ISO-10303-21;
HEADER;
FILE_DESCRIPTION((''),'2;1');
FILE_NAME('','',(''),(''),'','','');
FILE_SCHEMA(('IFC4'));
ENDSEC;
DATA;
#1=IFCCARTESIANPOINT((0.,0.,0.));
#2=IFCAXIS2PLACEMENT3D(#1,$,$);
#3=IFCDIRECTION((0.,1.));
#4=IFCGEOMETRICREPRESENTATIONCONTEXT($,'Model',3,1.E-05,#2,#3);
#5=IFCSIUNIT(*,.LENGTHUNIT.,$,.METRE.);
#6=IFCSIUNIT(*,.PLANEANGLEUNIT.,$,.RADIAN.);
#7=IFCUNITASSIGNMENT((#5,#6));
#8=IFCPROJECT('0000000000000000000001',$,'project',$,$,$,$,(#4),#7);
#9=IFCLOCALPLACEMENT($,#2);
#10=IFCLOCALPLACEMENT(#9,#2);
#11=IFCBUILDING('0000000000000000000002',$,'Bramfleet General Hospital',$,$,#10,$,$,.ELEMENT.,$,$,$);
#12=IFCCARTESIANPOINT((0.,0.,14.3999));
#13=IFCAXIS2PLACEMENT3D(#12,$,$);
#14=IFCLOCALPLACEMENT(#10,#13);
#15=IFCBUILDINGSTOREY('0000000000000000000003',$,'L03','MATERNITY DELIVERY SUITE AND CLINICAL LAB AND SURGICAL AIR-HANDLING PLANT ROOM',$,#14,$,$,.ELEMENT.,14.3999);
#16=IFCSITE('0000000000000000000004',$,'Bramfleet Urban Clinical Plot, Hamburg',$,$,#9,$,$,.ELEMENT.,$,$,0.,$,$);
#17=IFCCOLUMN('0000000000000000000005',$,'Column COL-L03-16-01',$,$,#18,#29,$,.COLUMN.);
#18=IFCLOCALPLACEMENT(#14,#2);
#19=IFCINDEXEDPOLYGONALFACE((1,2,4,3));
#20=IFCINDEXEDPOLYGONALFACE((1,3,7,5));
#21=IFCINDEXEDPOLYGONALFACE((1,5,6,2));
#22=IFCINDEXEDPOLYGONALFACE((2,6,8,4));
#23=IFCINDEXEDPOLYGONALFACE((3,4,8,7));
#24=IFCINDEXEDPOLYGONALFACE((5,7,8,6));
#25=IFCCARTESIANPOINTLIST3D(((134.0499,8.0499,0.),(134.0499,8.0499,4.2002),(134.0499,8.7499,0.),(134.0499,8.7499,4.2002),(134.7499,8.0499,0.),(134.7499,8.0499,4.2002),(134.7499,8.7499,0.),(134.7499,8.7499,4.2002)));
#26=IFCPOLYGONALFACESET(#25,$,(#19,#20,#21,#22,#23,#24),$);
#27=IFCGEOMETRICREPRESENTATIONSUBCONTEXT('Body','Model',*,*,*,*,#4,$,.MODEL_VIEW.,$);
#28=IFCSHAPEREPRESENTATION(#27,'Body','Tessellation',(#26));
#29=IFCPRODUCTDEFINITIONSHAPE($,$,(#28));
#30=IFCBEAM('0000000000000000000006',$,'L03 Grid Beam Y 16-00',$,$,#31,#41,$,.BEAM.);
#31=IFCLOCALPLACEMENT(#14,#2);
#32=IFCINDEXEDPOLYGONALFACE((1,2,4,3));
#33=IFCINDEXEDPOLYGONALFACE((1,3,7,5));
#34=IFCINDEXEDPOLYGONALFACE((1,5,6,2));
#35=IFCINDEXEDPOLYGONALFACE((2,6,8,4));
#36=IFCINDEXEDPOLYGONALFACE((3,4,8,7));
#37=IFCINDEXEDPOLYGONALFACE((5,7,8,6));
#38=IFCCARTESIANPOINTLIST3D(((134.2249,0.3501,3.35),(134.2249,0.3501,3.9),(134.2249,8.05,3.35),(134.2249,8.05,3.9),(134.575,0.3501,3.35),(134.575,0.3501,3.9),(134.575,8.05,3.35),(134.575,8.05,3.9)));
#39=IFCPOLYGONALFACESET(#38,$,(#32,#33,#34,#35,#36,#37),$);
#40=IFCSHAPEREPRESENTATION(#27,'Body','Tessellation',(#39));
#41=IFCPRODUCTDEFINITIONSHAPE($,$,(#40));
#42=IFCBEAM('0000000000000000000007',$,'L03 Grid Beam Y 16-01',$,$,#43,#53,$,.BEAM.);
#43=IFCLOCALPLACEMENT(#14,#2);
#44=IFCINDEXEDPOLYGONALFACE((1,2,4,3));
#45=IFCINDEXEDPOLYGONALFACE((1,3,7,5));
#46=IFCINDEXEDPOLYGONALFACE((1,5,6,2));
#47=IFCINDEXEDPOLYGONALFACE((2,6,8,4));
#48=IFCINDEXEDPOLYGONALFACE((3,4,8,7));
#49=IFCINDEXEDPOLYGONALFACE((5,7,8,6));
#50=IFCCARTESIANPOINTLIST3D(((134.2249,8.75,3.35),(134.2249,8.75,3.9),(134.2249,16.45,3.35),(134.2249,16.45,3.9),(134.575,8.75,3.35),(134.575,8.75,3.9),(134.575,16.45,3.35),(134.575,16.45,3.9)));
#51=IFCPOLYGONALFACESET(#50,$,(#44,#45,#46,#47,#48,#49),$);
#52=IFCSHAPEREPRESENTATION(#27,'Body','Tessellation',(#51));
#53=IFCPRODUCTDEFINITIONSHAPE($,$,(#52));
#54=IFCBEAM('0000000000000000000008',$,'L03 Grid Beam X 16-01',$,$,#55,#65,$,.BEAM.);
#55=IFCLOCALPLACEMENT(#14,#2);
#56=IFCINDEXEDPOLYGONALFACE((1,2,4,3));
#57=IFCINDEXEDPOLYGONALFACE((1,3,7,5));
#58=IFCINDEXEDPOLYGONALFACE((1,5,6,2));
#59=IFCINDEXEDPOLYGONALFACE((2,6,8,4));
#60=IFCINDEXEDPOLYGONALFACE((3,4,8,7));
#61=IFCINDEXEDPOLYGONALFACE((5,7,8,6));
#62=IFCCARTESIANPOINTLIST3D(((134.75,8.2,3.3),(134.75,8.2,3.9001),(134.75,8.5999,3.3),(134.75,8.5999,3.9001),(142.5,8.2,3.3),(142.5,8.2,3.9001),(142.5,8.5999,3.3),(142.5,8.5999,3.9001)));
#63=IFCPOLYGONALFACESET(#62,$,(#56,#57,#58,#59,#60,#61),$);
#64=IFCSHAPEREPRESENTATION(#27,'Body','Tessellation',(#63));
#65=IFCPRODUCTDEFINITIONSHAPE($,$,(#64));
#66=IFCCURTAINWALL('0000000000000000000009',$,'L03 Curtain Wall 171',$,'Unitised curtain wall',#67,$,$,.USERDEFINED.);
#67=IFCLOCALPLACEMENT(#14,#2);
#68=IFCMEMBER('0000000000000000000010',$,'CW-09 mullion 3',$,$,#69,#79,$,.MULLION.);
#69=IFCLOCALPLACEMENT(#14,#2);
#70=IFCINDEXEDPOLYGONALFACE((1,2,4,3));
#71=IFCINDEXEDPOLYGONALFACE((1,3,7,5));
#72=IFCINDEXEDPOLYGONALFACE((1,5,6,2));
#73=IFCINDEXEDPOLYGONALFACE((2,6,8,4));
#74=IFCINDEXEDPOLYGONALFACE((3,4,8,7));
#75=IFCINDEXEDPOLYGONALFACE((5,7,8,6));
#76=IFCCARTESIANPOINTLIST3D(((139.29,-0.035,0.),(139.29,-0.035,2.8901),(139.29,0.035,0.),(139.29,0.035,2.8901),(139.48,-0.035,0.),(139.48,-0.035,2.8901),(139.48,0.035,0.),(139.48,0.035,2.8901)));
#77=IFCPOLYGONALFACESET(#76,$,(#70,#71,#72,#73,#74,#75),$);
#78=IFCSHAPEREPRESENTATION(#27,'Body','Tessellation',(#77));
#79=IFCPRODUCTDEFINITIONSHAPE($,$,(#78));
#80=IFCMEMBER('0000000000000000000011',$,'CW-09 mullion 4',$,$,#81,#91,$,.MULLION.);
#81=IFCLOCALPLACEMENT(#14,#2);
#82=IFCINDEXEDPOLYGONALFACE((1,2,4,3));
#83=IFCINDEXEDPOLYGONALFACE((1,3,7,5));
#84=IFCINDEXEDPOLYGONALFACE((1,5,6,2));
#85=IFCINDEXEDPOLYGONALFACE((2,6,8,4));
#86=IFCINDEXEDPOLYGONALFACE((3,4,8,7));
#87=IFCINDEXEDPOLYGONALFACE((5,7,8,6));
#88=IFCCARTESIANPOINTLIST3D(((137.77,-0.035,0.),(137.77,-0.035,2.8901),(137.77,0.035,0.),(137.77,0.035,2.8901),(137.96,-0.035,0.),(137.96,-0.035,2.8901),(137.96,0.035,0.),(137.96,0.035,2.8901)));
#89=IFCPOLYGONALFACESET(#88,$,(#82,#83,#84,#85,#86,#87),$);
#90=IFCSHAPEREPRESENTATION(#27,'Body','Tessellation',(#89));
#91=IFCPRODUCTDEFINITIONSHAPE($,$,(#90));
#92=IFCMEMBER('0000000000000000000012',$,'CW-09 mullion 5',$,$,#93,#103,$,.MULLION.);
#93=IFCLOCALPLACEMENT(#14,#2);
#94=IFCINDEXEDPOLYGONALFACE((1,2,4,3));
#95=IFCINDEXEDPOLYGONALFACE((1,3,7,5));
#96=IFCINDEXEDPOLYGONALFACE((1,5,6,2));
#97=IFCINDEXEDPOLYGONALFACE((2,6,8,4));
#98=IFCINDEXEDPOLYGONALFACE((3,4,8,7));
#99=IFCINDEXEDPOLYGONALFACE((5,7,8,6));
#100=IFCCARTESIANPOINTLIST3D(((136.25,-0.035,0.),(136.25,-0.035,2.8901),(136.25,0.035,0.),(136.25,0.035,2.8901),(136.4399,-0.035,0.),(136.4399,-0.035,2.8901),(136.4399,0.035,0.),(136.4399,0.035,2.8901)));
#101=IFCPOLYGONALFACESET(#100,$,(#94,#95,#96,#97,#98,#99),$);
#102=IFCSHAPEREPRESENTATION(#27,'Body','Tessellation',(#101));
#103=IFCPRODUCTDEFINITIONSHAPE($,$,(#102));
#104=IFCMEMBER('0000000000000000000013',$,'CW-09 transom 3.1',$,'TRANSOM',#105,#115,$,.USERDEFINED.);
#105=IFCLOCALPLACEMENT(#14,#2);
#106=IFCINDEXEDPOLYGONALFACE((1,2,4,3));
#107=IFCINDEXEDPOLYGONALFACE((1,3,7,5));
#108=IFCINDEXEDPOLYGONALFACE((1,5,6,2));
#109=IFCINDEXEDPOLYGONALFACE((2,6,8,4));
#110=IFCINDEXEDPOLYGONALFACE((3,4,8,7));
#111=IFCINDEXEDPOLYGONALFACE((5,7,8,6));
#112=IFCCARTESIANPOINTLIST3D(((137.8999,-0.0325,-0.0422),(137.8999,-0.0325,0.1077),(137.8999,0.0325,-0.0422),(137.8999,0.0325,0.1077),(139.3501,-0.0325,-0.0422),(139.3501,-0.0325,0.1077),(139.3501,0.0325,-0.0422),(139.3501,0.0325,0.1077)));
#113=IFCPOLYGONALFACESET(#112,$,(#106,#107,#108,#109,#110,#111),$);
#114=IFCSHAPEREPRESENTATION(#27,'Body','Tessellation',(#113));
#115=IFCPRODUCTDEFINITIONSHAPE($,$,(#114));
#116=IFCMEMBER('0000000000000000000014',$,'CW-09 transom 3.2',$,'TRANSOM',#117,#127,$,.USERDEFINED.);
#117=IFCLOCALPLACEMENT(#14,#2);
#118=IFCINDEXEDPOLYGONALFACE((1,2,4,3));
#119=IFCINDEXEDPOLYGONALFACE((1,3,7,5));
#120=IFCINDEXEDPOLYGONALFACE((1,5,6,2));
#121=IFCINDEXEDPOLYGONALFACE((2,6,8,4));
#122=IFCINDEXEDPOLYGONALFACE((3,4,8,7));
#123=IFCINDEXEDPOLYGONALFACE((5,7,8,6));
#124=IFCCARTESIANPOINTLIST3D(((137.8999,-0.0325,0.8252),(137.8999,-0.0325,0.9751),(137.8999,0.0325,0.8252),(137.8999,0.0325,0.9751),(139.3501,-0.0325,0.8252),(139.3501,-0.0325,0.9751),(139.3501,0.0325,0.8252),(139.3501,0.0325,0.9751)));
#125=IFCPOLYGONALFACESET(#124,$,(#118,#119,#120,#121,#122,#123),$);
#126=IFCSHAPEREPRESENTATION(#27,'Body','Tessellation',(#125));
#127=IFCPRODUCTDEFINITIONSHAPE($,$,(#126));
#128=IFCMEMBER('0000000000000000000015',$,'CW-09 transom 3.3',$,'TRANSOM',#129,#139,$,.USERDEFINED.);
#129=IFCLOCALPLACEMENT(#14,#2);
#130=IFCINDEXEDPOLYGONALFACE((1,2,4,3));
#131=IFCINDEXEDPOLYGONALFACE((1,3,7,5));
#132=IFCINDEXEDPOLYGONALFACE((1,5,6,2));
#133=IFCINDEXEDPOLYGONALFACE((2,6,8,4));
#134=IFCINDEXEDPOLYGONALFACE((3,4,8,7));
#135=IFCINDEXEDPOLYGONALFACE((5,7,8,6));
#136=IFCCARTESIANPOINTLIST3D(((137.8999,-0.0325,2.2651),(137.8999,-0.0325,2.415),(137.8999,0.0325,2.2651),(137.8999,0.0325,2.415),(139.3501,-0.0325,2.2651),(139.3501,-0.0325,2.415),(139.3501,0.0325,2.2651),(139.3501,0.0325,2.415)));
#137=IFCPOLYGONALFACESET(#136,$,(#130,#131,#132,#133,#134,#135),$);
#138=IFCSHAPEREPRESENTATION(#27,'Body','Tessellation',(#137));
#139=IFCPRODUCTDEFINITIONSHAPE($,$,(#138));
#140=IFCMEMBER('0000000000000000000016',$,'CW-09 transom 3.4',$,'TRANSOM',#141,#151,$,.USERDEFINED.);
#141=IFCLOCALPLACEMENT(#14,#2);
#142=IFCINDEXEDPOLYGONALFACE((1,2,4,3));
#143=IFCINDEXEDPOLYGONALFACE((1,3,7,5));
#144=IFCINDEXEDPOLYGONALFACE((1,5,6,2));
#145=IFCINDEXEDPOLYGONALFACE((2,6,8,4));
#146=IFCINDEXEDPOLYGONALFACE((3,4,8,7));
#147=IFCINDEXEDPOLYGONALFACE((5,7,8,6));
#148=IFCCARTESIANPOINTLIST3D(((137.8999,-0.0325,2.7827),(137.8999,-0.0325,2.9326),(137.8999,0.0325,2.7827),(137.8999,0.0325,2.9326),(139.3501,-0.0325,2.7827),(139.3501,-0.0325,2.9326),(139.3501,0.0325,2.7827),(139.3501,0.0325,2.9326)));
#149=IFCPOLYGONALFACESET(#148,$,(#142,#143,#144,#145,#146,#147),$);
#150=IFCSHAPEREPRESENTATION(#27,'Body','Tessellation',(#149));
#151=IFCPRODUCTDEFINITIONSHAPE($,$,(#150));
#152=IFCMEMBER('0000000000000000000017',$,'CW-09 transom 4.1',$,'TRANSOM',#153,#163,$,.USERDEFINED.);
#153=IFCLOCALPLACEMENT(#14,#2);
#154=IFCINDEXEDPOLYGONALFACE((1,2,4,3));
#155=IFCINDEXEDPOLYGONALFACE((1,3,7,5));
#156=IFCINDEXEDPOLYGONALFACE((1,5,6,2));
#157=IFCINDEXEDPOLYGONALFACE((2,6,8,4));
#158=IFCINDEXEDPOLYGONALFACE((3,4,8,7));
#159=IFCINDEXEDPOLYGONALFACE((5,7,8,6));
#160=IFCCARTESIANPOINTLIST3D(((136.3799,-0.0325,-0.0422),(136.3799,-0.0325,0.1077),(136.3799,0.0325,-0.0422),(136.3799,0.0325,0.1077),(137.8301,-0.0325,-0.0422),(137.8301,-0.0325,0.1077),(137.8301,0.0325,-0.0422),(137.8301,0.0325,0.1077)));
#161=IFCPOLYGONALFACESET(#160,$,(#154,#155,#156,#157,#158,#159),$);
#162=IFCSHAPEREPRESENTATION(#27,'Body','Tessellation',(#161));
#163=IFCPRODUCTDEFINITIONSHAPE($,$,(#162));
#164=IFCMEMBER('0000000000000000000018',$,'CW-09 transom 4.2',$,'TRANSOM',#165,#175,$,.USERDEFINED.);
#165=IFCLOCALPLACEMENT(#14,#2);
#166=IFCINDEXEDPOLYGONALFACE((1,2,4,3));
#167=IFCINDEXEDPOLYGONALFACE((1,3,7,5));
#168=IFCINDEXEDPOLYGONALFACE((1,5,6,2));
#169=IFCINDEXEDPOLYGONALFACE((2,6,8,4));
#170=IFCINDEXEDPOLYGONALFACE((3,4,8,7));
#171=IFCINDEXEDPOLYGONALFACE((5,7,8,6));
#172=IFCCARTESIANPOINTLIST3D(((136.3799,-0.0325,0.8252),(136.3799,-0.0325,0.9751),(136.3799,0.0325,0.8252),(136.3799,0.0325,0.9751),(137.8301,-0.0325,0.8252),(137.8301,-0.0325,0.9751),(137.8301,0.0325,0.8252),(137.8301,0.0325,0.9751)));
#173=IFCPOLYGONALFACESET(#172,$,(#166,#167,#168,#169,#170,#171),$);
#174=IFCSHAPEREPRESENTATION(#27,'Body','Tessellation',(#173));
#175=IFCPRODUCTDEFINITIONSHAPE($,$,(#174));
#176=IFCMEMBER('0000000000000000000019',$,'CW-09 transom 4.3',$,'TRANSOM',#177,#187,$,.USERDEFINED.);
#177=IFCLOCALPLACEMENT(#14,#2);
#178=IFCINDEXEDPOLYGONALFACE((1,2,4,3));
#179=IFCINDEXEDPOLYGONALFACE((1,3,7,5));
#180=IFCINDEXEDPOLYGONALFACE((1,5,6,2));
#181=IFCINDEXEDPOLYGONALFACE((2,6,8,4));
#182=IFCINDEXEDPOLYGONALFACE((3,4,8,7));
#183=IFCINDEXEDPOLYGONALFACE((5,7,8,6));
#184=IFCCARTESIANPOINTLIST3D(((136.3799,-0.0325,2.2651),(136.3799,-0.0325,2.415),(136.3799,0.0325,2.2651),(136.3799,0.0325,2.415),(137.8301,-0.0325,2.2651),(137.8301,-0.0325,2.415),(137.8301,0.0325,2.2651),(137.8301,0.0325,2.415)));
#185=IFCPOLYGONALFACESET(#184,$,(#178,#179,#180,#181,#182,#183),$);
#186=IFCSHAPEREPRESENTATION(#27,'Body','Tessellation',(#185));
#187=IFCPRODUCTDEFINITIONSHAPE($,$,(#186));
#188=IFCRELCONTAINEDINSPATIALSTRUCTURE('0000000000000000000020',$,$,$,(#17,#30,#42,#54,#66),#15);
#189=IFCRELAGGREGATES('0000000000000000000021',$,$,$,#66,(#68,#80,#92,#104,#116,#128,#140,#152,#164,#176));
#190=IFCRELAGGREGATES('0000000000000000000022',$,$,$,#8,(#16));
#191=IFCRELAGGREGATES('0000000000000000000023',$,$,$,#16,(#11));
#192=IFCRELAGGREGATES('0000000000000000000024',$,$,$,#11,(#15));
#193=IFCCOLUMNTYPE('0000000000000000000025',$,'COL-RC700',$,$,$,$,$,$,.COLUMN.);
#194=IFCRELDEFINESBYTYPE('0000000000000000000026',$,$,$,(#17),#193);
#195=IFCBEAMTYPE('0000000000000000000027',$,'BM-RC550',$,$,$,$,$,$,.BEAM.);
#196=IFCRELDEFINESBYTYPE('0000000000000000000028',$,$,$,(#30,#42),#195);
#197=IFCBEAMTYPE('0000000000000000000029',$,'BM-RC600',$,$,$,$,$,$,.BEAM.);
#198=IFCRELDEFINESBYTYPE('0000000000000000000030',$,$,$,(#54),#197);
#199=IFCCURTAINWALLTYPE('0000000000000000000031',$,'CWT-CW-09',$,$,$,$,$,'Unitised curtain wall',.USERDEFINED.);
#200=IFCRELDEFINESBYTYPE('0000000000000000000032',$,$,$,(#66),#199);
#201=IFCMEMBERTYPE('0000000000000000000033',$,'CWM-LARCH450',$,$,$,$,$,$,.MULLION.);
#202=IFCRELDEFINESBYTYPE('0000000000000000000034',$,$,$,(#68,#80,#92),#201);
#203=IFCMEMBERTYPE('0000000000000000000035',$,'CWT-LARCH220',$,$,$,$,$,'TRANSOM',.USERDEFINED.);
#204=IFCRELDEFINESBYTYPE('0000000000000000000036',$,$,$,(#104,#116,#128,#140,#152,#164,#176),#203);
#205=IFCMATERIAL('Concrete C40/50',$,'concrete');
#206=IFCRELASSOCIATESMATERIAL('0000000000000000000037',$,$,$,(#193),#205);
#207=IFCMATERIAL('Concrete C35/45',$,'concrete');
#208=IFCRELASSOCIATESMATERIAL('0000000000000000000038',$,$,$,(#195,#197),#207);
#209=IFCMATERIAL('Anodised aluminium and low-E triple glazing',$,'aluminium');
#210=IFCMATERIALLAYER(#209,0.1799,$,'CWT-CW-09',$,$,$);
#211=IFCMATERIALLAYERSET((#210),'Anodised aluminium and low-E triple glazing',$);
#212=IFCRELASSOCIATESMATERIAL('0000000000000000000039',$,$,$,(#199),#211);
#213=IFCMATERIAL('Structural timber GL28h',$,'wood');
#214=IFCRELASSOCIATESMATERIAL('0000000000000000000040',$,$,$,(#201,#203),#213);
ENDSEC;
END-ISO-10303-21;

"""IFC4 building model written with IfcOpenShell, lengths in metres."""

from ifc_helpers import new_model, si_unit, direction, frame, origin, origin_2d, place, context, subcontext, project, spatial, rectangle, extrude, material, layer, layer_set, material_profile, profile_set, type_object, element, aggregate, save


model = new_model("IFC4")

# Units and contexts
model_context = context("Model", 3, precision=1e-05, world=origin(), true_north=direction((0.0, 1.0)))
body_context = subcontext(model_context, "Body", "Model", "MODEL_VIEW")
ifc_project = project(units=[si_unit("LENGTHUNIT", "METRE"), si_unit("PLANEANGLEUNIT", "RADIAN")], contexts=[model_context])

# Site, building, storey
site_placement = place(None, origin())
site = spatial("IfcSite", under=ifc_project, at=site_placement, Name="Bramfleet Urban Clinical Plot, Hamburg", CompositionType="ELEMENT", RefElevation=0.0)
building_placement = place(site_placement, origin())
building = spatial("IfcBuilding", under=site, at=building_placement, Name="Bramfleet General Hospital", CompositionType="ELEMENT")
storey_placement = place(building_placement, frame((0.0, 0.0, 14.3999)))
storey = spatial("IfcBuildingStorey", under=building, at=storey_placement, Name="L03", Description="MATERNITY DELIVERY SUITE AND CLINICAL LAB AND SURGICAL AIR-HANDLING PLANT ROOM", CompositionType="ELEMENT", Elevation=14.3999)

# Column
ifc_material_1 = material(Name="Concrete C40/50", Category="concrete")
ifc_material_profile_1 = material_profile(ifc_material_1, rectangle(XDim=0.7, YDim=0.7, at=origin_2d()), Name="RC COL 700x700")
ifc_profile_set_1 = profile_set([ifc_material_profile_1], Name="Concrete C40/50")
column_type = type_object("IfcColumnType", Name="COL-RC700", PredefinedType="COLUMN", material=ifc_profile_set_1)
column_placement = place(storey_placement, frame((134.3999, 8.3999, 0.0), z_axis=(0.0, 0.0, 1.0), x_axis=(1.0, 0.0, 0.0)))
element("IfcColumn", 1, at=column_placement, inside=storey, type_object=column_type, Name="Column COL-L03-16-01", PredefinedType="COLUMN", context=body_context, shape_type="SweptSolid", body=[
    extrude(rectangle(XDim=0.7, YDim=0.7, at=origin_2d()), origin(), (0.0, 0.0, 1.0), 4.2002),
])

# Beams
ifc_material_2 = material(Name="Concrete C35/45", Category="concrete")
ifc_material_profile_2 = material_profile(ifc_material_2, rectangle(XDim=0.3501, YDim=0.55, at=origin_2d()), Name="RC BM 550x350")
ifc_profile_set_2 = profile_set([ifc_material_profile_2], Name="Concrete C35/45")
beam_type_1 = type_object("IfcBeamType", Name="BM-RC550", PredefinedType="BEAM", material=ifc_profile_set_2)
for number, where, z_axis, x_axis, name in (
    (2, (134.3999, 0.3501, 3.625), (0.0, 1.0, 0.0), (-1.0, 0.0, 0.0), "L03 Grid Beam Y 16-00"),
    (3, (134.3999, 8.75, 3.625), (0.0, 1.0, 0.0), (-1.0, 0.0, 0.0), "L03 Grid Beam Y 16-01"),
):
    element("IfcBeam", number, at=place(storey_placement, frame(where, z_axis=z_axis, x_axis=x_axis)), inside=storey, type_object=beam_type_1, Name=name, PredefinedType="BEAM", context=body_context, shape_type="SweptSolid", body=[
        extrude(rectangle(XDim=0.3501, YDim=0.55, at=origin_2d()), origin(), (0.0, 0.0, 1.0), 7.7),
    ])
ifc_material_profile_3 = material_profile(ifc_material_2, rectangle(XDim=0.3999, YDim=0.6001, at=origin_2d()), Name="RC BM 600x400")
ifc_profile_set_3 = profile_set([ifc_material_profile_3], Name="Concrete C35/45")
beam_type_2 = type_object("IfcBeamType", Name="BM-RC600", PredefinedType="BEAM", material=ifc_profile_set_3)
beam_placement = place(storey_placement, frame((134.75, 8.3999, 3.6001), z_axis=(1.0, 0.0, 0.0), x_axis=(0.0, 1.0, 0.0)))
element("IfcBeam", 4, at=beam_placement, inside=storey, type_object=beam_type_2, Name="L03 Grid Beam X 16-01", PredefinedType="BEAM", context=body_context, shape_type="SweptSolid", body=[
    extrude(rectangle(XDim=0.3999, YDim=0.6001, at=origin_2d()), origin(), (0.0, 0.0, 1.0), 7.75),
])

# Curtain wall, members
ifc_material_3 = material(Name="Anodised aluminium and low-E triple glazing", Category="aluminium")
ifc_layer_1 = layer(ifc_material_3, 0.1799, Name="CWT-CW-09")
ifc_layer_set_1 = layer_set([ifc_layer_1], Name="Anodised aluminium and low-E triple glazing")
curtain_wall_type = type_object("IfcCurtainWallType", Name="CWT-CW-09", ElementType="Unitised curtain wall", PredefinedType="USERDEFINED", material=ifc_layer_set_1)
curtain_wall_placement = place(storey_placement, origin())
curtain_wall = element("IfcCurtainWall", 5, at=curtain_wall_placement, inside=storey, type_object=curtain_wall_type, Name="L03 Curtain Wall 171", ObjectType="Unitised curtain wall", PredefinedType="USERDEFINED")
ifc_material_4 = material(Name="Structural timber GL28h", Category="wood")
ifc_material_profile_4 = material_profile(ifc_material_4, rectangle(XDim=0.0701, YDim=0.1899, at=origin_2d()), Name="LARCH 190x70")
ifc_profile_set_4 = profile_set([ifc_material_profile_4], Name="Structural timber GL28h")
member_type_1 = type_object("IfcMemberType", Name="CWM-LARCH450", PredefinedType="MULLION", material=ifc_profile_set_4)
member_1_placement = place(storey_placement, frame((139.385, 0.0, 0.0), z_axis=(0.0, 0.0, 1.0), x_axis=(0.0, -1.0, 0.0)))
member_1 = element("IfcMember", 6, at=member_1_placement, type_object=member_type_1, Name="CW-09 mullion 3", PredefinedType="MULLION", context=body_context, shape_type="SweptSolid", body=[
    extrude(rectangle(XDim=0.0701, YDim=0.1899, at=origin_2d()), origin(), (0.0, 0.0, 1.0), 2.8901),
])
member_2_placement = place(storey_placement, frame((137.865, 0.0, 0.0), z_axis=(0.0, 0.0, 1.0), x_axis=(0.0, -1.0, 0.0)))
member_2 = element("IfcMember", 7, at=member_2_placement, type_object=member_type_1, Name="CW-09 mullion 4", PredefinedType="MULLION", context=body_context, shape_type="SweptSolid", body=[
    extrude(rectangle(XDim=0.0701, YDim=0.1899, at=origin_2d()), origin(), (0.0, 0.0, 1.0), 2.8901),
])
member_3_placement = place(storey_placement, frame((136.345, 0.0, 0.0), z_axis=(0.0, 0.0, 1.0), x_axis=(0.0, -1.0, 0.0)))
member_3 = element("IfcMember", 8, at=member_3_placement, type_object=member_type_1, Name="CW-09 mullion 5", PredefinedType="MULLION", context=body_context, shape_type="SweptSolid", body=[
    extrude(rectangle(XDim=0.0701, YDim=0.1899, at=origin_2d()), origin(), (0.0, 0.0, 1.0), 2.8901),
])
ifc_material_profile_5 = material_profile(ifc_material_4, rectangle(XDim=0.0649, YDim=0.1499, at=origin_2d()), Name="LARCH 150x65")
ifc_profile_set_5 = profile_set([ifc_material_profile_5], Name="Structural timber GL28h")
member_type_2 = type_object("IfcMemberType", Name="CWT-LARCH220", ElementType="TRANSOM", PredefinedType="USERDEFINED", material=ifc_profile_set_5)
member_4_placement = place(storey_placement, frame((139.3501, 0.0, 0.0327), z_axis=(-1.0, 0.0, 0.0), x_axis=(0.0, -1.0, 0.0)))
member_4 = element("IfcMember", 9, at=member_4_placement, type_object=member_type_2, Name="CW-09 transom 3.1", ObjectType="TRANSOM", PredefinedType="USERDEFINED", context=body_context, shape_type="SweptSolid", body=[
    extrude(rectangle(XDim=0.0649, YDim=0.1499, at=origin_2d()), origin(), (0.0, 0.0, 1.0), 1.4502),
])
member_5_placement = place(storey_placement, frame((139.3501, 0.0, 0.9001), z_axis=(-1.0, 0.0, 0.0), x_axis=(0.0, -1.0, 0.0)))
member_5 = element("IfcMember", 10, at=member_5_placement, type_object=member_type_2, Name="CW-09 transom 3.2", ObjectType="TRANSOM", PredefinedType="USERDEFINED", context=body_context, shape_type="SweptSolid", body=[
    extrude(rectangle(XDim=0.0649, YDim=0.1499, at=origin_2d()), origin(), (0.0, 0.0, 1.0), 1.4502),
])
member_6_placement = place(storey_placement, frame((139.3501, 0.0, 2.3401), z_axis=(-1.0, 0.0, 0.0), x_axis=(0.0, -1.0, 0.0)))
member_6 = element("IfcMember", 11, at=member_6_placement, type_object=member_type_2, Name="CW-09 transom 3.3", ObjectType="TRANSOM", PredefinedType="USERDEFINED", context=body_context, shape_type="SweptSolid", body=[
    extrude(rectangle(XDim=0.0649, YDim=0.1499, at=origin_2d()), origin(), (0.0, 0.0, 1.0), 1.4502),
])
member_7_placement = place(storey_placement, frame((139.3501, 0.0, 2.8577), z_axis=(-1.0, 0.0, 0.0), x_axis=(0.0, -1.0, 0.0)))
member_7 = element("IfcMember", 12, at=member_7_placement, type_object=member_type_2, Name="CW-09 transom 3.4", ObjectType="TRANSOM", PredefinedType="USERDEFINED", context=body_context, shape_type="SweptSolid", body=[
    extrude(rectangle(XDim=0.0649, YDim=0.1499, at=origin_2d()), origin(), (0.0, 0.0, 1.0), 1.4502),
])
member_8_placement = place(storey_placement, frame((137.8301, 0.0, 0.0327), z_axis=(-1.0, 0.0, 0.0), x_axis=(0.0, -1.0, 0.0)))
member_8 = element("IfcMember", 13, at=member_8_placement, type_object=member_type_2, Name="CW-09 transom 4.1", ObjectType="TRANSOM", PredefinedType="USERDEFINED", context=body_context, shape_type="SweptSolid", body=[
    extrude(rectangle(XDim=0.0649, YDim=0.1499, at=origin_2d()), origin(), (0.0, 0.0, 1.0), 1.4502),
])
member_9_placement = place(storey_placement, frame((137.8301, 0.0, 0.9001), z_axis=(-1.0, 0.0, 0.0), x_axis=(0.0, -1.0, 0.0)))
member_9 = element("IfcMember", 14, at=member_9_placement, type_object=member_type_2, Name="CW-09 transom 4.2", ObjectType="TRANSOM", PredefinedType="USERDEFINED", context=body_context, shape_type="SweptSolid", body=[
    extrude(rectangle(XDim=0.0649, YDim=0.1499, at=origin_2d()), origin(), (0.0, 0.0, 1.0), 1.4502),
])
member_10_placement = place(storey_placement, frame((137.8301, 0.0, 2.3401), z_axis=(-1.0, 0.0, 0.0), x_axis=(0.0, -1.0, 0.0)))
member_10 = element("IfcMember", 15, at=member_10_placement, type_object=member_type_2, Name="CW-09 transom 4.3", ObjectType="TRANSOM", PredefinedType="USERDEFINED", context=body_context, shape_type="SweptSolid", body=[
    extrude(rectangle(XDim=0.0649, YDim=0.1499, at=origin_2d()), origin(), (0.0, 0.0, 1.0), 1.4502),
])
aggregate(curtain_wall, [member_1, member_2, member_3, member_4, member_5, member_6, member_7, member_8, member_9, member_10])

save(model, "model.ifc")
